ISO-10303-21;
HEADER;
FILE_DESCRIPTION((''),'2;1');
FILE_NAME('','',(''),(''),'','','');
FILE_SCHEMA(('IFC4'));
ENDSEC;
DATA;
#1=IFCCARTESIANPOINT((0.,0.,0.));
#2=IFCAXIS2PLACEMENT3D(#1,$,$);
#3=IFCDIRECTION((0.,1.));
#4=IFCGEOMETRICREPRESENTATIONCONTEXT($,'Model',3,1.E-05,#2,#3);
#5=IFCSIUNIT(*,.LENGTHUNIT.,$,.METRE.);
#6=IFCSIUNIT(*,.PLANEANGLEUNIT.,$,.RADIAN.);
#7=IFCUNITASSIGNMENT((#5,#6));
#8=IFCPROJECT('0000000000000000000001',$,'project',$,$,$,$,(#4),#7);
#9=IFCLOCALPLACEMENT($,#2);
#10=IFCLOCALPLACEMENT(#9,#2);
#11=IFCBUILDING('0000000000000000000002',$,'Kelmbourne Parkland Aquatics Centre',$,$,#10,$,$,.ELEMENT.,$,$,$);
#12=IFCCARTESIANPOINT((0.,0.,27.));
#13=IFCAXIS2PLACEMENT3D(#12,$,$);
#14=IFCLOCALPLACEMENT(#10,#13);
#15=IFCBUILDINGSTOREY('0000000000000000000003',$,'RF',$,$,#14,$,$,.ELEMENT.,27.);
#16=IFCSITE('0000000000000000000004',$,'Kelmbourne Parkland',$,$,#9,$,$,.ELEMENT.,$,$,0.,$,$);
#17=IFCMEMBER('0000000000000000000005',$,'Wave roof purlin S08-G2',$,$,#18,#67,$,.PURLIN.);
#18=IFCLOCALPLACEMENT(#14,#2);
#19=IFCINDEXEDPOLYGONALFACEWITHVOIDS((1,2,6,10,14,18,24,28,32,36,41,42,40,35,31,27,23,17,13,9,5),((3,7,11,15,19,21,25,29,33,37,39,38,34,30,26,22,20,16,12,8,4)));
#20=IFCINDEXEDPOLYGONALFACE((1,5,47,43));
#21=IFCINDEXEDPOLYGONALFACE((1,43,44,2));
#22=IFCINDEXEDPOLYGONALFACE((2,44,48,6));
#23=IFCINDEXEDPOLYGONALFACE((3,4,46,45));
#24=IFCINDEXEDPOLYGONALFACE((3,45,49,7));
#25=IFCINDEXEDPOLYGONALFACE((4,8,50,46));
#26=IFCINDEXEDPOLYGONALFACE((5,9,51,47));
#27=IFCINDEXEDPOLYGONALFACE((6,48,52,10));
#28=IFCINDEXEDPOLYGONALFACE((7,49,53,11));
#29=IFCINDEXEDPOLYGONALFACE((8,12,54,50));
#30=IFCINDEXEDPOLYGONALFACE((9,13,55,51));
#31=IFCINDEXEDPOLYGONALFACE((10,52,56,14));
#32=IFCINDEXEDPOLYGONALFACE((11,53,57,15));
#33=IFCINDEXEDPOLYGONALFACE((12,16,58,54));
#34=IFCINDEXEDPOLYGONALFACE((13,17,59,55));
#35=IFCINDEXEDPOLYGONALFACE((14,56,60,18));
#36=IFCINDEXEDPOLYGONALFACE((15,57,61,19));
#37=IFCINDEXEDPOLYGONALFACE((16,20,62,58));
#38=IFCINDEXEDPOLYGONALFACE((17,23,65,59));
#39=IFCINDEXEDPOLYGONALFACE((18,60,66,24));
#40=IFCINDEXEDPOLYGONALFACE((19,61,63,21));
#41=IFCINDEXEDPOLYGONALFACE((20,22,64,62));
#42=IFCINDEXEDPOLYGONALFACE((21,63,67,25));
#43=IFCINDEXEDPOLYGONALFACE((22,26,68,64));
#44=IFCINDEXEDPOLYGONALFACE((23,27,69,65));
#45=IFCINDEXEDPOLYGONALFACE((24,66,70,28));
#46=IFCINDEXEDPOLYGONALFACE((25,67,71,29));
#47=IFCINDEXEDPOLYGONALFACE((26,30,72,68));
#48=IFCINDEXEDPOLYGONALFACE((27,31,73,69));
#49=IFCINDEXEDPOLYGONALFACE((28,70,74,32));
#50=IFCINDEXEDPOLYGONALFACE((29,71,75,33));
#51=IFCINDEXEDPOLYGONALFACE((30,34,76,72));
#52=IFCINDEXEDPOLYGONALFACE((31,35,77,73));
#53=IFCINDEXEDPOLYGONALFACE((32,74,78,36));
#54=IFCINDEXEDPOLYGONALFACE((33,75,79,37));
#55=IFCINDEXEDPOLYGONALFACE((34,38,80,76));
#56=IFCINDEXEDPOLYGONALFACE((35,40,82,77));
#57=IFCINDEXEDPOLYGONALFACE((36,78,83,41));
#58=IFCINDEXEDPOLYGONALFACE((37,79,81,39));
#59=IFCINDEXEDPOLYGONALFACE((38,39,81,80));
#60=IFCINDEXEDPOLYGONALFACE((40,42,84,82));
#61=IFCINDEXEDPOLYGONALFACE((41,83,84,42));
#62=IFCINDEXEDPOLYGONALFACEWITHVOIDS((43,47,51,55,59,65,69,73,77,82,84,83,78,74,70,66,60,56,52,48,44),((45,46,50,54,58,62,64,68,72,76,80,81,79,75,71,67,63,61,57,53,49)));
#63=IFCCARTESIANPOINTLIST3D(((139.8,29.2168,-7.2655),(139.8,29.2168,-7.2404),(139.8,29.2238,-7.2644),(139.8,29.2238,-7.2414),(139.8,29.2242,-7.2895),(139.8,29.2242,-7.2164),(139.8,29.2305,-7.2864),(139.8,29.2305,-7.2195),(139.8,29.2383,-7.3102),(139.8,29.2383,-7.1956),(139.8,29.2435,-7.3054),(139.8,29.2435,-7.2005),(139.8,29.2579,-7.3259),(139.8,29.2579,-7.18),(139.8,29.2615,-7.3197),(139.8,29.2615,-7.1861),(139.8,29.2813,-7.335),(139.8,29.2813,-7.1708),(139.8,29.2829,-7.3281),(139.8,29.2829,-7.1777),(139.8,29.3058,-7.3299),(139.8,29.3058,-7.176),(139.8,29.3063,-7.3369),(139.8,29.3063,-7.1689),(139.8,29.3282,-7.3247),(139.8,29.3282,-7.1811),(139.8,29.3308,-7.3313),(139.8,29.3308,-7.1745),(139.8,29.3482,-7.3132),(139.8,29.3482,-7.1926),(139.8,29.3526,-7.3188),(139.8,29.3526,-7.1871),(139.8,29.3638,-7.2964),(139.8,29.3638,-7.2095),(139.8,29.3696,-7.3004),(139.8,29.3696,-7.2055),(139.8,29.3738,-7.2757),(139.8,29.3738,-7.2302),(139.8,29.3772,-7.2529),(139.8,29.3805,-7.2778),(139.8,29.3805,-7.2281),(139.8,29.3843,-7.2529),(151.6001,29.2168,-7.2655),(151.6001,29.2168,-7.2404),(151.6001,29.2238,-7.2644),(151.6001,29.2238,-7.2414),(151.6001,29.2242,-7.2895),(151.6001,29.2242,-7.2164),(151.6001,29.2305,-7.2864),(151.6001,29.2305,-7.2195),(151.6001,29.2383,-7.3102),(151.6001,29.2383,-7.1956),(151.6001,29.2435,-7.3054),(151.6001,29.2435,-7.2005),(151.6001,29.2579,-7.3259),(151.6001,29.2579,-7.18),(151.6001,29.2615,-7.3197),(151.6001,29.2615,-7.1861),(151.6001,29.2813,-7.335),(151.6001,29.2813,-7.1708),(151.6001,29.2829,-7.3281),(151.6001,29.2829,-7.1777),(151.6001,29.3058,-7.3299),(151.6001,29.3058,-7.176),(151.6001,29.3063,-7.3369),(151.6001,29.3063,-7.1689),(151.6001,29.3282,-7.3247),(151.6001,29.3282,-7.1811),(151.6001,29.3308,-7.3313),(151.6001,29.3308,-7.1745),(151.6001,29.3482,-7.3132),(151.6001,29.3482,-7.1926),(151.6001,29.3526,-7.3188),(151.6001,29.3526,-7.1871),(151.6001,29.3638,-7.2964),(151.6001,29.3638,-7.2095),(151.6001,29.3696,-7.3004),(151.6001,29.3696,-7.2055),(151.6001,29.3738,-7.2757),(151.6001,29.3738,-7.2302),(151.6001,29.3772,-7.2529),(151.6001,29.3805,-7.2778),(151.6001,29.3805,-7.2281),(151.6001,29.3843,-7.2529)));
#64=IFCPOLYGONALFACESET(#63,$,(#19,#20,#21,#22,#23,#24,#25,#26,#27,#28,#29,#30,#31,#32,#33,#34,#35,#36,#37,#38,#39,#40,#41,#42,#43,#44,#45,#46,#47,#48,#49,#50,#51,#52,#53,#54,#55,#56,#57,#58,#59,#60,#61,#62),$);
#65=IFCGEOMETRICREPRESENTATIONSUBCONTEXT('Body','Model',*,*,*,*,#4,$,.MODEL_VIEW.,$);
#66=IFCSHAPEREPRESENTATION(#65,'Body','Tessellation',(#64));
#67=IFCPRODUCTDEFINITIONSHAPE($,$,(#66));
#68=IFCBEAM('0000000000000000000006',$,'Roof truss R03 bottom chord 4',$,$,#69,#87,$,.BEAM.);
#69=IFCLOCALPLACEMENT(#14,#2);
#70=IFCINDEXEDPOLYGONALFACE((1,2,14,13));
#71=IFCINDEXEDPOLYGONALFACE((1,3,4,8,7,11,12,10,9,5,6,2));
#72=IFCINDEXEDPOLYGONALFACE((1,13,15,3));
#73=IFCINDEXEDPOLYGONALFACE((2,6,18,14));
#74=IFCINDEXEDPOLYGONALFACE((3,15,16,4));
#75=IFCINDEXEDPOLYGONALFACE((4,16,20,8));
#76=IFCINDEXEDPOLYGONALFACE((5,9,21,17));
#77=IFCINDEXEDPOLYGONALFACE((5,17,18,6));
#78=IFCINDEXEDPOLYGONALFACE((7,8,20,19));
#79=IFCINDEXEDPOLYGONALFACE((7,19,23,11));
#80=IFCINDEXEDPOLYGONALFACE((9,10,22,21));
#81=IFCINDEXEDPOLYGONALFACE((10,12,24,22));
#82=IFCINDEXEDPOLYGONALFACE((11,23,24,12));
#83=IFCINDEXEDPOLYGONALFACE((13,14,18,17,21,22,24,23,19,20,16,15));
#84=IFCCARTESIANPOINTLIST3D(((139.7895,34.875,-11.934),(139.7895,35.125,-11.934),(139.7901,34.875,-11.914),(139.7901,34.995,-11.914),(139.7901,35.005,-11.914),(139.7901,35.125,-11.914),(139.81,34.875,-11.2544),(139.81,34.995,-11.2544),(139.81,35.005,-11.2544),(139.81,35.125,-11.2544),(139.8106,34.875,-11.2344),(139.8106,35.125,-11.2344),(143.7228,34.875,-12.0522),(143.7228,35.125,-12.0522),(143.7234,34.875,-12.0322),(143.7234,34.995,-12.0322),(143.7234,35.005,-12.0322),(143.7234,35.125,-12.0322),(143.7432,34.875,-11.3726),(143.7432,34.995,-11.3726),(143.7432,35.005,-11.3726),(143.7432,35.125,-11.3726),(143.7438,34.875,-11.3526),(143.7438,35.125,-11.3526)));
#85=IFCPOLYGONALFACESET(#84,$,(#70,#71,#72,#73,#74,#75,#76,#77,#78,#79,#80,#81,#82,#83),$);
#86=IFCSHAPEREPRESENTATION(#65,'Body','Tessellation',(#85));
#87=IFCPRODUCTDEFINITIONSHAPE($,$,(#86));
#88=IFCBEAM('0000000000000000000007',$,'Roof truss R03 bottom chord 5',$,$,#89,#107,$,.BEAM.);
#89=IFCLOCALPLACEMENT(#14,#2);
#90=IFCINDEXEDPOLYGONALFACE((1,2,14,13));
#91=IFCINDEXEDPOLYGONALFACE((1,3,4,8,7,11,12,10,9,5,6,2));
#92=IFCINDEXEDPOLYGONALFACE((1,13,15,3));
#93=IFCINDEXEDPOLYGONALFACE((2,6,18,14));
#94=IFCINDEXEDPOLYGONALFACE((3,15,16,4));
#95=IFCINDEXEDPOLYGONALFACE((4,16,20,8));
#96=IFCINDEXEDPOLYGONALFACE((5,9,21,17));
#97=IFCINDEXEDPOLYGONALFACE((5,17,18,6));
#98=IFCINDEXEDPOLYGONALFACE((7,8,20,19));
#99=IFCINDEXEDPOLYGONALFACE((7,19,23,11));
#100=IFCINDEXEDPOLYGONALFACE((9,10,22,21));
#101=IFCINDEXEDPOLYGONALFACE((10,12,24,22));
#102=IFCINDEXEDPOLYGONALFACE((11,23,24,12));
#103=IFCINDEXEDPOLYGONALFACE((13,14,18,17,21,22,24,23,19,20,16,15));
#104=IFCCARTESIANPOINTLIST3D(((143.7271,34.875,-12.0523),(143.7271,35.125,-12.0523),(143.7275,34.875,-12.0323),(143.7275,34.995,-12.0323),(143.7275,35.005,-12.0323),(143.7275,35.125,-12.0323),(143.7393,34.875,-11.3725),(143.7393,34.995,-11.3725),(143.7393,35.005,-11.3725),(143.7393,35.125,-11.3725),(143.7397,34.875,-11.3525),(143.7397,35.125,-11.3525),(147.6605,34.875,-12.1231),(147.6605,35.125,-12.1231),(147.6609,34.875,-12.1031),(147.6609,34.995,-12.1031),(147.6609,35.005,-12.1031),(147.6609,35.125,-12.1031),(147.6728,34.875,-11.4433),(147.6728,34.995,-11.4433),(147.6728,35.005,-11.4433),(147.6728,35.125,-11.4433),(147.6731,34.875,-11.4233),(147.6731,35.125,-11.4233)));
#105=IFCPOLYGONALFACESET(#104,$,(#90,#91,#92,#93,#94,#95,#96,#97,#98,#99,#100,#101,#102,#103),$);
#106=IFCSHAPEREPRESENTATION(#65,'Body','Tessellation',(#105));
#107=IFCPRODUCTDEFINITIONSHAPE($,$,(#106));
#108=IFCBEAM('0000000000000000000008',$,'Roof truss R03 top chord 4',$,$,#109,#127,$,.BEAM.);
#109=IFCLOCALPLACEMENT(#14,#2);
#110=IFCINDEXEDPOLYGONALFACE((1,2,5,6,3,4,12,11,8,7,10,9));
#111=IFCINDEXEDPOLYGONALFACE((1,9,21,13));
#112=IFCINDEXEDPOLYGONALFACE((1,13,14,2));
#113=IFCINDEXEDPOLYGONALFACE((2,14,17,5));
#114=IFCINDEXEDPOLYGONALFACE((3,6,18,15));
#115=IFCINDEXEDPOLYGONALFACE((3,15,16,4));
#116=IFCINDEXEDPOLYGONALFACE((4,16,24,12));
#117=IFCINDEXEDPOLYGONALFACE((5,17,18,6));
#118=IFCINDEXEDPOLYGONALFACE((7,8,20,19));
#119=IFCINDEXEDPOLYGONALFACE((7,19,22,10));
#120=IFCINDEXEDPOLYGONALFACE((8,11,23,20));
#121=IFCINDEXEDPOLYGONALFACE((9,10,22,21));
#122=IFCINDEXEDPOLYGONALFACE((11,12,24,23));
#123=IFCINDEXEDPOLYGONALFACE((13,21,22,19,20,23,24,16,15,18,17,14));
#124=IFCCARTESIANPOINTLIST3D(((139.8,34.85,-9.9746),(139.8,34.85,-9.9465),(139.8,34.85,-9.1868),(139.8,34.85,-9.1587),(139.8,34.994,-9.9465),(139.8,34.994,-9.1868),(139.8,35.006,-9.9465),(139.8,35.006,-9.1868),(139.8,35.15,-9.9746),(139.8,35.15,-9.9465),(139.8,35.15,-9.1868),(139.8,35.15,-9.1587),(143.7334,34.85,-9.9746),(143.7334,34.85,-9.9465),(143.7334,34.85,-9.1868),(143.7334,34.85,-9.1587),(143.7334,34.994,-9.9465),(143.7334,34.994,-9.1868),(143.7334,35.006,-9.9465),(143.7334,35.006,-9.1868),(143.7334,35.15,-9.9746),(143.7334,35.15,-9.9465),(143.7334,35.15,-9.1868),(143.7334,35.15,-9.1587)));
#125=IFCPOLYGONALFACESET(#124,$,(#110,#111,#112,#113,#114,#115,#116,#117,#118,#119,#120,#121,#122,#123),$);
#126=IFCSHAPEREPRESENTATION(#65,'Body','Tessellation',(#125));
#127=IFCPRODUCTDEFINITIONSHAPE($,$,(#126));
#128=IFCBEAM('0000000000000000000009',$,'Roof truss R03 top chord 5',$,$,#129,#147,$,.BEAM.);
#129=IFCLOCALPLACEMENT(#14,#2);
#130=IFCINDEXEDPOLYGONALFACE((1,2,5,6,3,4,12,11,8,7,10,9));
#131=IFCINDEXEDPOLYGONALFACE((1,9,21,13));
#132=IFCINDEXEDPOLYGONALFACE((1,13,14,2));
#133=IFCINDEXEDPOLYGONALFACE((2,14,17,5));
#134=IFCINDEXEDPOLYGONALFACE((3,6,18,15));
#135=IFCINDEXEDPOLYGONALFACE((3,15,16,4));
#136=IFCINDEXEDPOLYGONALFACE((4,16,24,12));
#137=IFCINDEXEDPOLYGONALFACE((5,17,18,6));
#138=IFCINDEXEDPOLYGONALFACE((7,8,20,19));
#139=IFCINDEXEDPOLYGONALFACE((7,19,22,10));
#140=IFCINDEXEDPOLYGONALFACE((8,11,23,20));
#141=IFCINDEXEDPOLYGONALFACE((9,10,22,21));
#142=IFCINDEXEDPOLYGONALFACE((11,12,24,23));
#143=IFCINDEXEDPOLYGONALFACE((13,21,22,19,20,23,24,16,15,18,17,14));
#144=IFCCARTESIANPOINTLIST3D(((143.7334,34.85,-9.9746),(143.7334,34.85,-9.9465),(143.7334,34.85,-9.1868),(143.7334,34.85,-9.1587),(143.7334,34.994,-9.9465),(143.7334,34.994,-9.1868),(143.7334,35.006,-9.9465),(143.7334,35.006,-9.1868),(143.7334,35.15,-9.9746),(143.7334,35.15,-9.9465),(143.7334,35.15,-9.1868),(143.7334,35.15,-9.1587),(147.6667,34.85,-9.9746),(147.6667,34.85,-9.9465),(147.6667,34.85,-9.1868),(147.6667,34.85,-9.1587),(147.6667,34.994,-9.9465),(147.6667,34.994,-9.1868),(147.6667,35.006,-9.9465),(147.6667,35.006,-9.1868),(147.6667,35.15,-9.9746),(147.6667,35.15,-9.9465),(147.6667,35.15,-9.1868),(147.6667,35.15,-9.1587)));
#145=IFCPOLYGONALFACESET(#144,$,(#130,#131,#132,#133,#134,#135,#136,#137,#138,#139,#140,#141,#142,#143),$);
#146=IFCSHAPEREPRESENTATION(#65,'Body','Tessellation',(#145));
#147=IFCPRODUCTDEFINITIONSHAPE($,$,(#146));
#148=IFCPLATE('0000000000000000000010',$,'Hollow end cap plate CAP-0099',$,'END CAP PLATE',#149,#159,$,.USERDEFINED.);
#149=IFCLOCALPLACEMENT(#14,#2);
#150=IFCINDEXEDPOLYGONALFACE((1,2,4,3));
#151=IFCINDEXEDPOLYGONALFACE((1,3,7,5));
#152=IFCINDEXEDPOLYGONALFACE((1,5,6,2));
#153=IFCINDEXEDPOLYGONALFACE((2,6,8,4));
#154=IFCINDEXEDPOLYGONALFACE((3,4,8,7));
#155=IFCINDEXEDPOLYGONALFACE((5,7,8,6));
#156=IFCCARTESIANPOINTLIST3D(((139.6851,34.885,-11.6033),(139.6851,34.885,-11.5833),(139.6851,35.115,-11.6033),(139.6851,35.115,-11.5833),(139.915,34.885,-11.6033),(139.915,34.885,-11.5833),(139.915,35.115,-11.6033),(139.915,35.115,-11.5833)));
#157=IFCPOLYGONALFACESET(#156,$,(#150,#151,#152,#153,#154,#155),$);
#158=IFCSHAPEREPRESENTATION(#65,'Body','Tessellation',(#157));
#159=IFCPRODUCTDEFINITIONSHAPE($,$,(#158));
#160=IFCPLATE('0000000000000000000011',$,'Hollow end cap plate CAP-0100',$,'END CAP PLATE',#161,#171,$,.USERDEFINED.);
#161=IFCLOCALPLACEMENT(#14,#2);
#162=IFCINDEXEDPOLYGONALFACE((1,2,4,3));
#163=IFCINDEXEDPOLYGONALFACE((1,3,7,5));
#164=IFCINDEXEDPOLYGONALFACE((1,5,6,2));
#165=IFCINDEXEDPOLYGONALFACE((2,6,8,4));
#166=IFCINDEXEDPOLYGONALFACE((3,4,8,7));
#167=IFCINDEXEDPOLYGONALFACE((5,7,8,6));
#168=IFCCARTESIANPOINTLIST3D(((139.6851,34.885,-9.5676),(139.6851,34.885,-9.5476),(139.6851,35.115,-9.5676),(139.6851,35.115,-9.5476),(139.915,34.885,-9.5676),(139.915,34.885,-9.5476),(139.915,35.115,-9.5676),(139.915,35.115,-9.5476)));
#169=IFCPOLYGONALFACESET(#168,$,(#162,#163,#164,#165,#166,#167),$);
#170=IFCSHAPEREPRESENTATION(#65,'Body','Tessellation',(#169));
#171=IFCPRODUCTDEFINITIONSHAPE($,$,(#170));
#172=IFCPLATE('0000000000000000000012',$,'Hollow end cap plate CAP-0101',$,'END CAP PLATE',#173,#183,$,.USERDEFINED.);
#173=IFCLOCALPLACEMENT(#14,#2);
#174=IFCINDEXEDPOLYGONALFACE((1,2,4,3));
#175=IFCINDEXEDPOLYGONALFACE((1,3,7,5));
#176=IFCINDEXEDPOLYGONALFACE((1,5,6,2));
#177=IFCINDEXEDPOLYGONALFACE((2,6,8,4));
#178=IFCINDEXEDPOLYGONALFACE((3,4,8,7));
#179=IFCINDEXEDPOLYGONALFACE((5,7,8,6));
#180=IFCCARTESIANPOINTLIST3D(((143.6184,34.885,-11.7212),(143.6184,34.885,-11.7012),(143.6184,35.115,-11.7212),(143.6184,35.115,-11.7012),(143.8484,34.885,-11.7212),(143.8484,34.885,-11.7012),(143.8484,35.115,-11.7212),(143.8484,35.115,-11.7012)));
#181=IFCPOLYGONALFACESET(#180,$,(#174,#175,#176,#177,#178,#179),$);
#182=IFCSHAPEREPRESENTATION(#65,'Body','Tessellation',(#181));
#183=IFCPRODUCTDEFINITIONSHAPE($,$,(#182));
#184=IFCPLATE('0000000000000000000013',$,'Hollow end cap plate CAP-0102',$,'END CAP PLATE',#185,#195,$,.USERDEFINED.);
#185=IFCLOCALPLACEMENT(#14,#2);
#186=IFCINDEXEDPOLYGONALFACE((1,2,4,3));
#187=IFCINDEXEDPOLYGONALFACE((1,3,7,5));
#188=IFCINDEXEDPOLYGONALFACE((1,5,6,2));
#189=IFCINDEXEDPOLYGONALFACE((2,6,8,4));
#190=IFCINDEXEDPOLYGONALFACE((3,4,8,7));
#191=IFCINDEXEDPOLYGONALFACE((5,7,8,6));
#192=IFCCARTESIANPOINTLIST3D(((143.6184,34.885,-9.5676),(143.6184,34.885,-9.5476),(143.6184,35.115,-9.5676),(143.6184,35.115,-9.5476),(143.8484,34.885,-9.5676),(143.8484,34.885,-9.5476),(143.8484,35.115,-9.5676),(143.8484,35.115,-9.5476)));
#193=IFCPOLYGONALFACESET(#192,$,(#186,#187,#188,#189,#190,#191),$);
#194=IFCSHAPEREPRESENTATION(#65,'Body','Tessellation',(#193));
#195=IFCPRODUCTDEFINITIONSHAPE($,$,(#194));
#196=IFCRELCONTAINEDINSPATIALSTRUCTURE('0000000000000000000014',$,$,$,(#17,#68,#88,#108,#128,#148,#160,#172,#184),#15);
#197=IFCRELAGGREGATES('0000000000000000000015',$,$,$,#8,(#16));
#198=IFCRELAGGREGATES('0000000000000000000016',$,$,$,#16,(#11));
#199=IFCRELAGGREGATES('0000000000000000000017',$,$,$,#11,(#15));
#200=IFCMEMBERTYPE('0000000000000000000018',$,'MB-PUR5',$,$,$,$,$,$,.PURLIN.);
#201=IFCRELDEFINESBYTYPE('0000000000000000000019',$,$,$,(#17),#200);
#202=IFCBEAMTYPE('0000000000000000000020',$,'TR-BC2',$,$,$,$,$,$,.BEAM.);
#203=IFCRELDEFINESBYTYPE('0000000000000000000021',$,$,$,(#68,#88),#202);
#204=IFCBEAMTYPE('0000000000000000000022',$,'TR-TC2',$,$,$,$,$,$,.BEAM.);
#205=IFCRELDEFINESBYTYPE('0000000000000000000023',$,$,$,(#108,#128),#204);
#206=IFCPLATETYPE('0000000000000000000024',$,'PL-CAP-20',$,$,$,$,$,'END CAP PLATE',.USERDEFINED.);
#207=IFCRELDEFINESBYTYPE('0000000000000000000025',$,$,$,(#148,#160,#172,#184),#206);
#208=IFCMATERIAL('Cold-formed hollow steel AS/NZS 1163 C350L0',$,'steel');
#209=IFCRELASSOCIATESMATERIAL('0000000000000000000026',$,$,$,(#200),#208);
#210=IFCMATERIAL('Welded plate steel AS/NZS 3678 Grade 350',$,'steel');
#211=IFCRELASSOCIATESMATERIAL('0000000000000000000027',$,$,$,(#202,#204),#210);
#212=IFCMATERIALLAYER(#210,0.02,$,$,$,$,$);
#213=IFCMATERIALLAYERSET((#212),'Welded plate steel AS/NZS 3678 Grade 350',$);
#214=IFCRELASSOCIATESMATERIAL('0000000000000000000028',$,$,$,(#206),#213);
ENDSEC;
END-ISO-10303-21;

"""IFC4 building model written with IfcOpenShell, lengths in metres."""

from ifc_helpers import new_model, si_unit, direction, frame, origin, origin_2d, place, context, subcontext, project, spatial, rectangle, hollow_circle, i_section, extrude, material, layer, layer_set, material_profile, profile_set, type_object, element, save


model = new_model("IFC4")

# Units and contexts
model_context = context("Model", 3, precision=1e-05, world=origin(), true_north=direction((0.0, 1.0)))
body_context = subcontext(model_context, "Body", "Model", "MODEL_VIEW")
ifc_project = project(units=[si_unit("LENGTHUNIT", "METRE"), si_unit("PLANEANGLEUNIT", "RADIAN")], contexts=[model_context])

# Site, building, storey
site_placement = place(None, origin())
site = spatial("IfcSite", under=ifc_project, at=site_placement, Name="Kelmbourne Parkland", CompositionType="ELEMENT", RefElevation=0.0)
building_placement = place(site_placement, origin())
building = spatial("IfcBuilding", under=site, at=building_placement, Name="Kelmbourne Parkland Aquatics Centre", CompositionType="ELEMENT")
storey_placement = place(building_placement, frame((0.0, 0.0, 27.0)))
storey = spatial("IfcBuildingStorey", under=building, at=storey_placement, Name="RF", CompositionType="ELEMENT", Elevation=27.0)

# Member
ifc_material_1 = material(Name="Cold-formed hollow steel AS/NZS 1163 C350L0", Category="steel")
ifc_material_profile_1 = material_profile(ifc_material_1, hollow_circle(Radius=0.0842, WallThickness=0.0071, at=origin_2d()), Name="CHS 168.3x7.1")
ifc_profile_set_1 = profile_set([ifc_material_profile_1], Name="Cold-formed hollow steel AS/NZS 1163 C350L0")
member_type_1 = type_object("IfcMemberType", Name="MB-PUR5", PredefinedType="PURLIN", material=ifc_profile_set_1)
member_1_placement = place(storey_placement, frame((139.8, 29.3, -7.2529), z_axis=(1.0, 0.0, 0.0), x_axis=(0.0, 1.0, 0.0)))
element("IfcMember", 1, at=member_1_placement, inside=storey, type_object=member_type_1, Name="Wave roof purlin S08-G2", PredefinedType="PURLIN", context=body_context, shape_type="SweptSolid", body=[
    extrude(hollow_circle(Radius=0.0842, WallThickness=0.0071, at=origin_2d()), origin(), (0.0, 0.0, 1.0), 11.8),
])

# Beams
ifc_material_2 = material(Name="Welded plate steel AS/NZS 3678 Grade 350", Category="steel")
ifc_material_profile_2 = material_profile(ifc_material_2, i_section(OverallWidth=0.25, OverallDepth=0.7, WebThickness=0.01, FlangeThickness=0.02, at=origin_2d()), Name="700WB130")
ifc_profile_set_2 = profile_set([ifc_material_profile_2], Name="Welded plate steel AS/NZS 3678 Grade 350")
beam_type_1 = type_object("IfcBeamType", Name="TR-BC2", PredefinedType="BEAM", material=ifc_profile_set_2)
beam_1_placement = place(storey_placement, frame((139.8, 35.0, -11.5842), z_axis=(0.999549, 0.0, -0.030028), x_axis=(0.0, 1.0, 0.0)))
element("IfcBeam", 2, at=beam_1_placement, inside=storey, type_object=beam_type_1, Name="Roof truss R03 bottom chord 4", PredefinedType="BEAM", context=body_context, shape_type="SweptSolid", body=[
    extrude(i_section(OverallWidth=0.25, OverallDepth=0.7, WebThickness=0.01, FlangeThickness=0.02, at=origin_2d()), origin(), (0.0, 0.0, 1.0), 3.9351),
])
beam_2_placement = place(storey_placement, frame((143.7334, 35.0, -11.7024), z_axis=(0.999838, 0.0, -0.017997), x_axis=(0.0, 1.0, 0.0)))
element("IfcBeam", 3, at=beam_2_placement, inside=storey, type_object=beam_type_1, Name="Roof truss R03 bottom chord 5", PredefinedType="BEAM", context=body_context, shape_type="SweptSolid", body=[
    extrude(i_section(OverallWidth=0.25, OverallDepth=0.7, WebThickness=0.01, FlangeThickness=0.02, at=origin_2d()), origin(), (0.0, 0.0, 1.0), 3.9341),
])
ifc_material_profile_3 = material_profile(ifc_material_2, i_section(OverallWidth=0.3, OverallDepth=0.8159, WebThickness=0.012, FlangeThickness=0.0281, at=origin_2d()), Name="800WB192")
ifc_profile_set_3 = profile_set([ifc_material_profile_3], Name="Welded plate steel AS/NZS 3678 Grade 350")
beam_type_2 = type_object("IfcBeamType", Name="TR-TC2", PredefinedType="BEAM", material=ifc_profile_set_3)
for number, where, z_axis, x_axis, name in (
    (4, (139.8, 35.0, -9.5667), (1.0, 0.0, 0.0), (0.0, 1.0, 0.0), "Roof truss R03 top chord 4"),
    (5, (143.7334, 35.0, -9.5667), (1.0, 0.0, 0.0), (0.0, 1.0, 0.0), "Roof truss R03 top chord 5"),
):
    element("IfcBeam", number, at=place(storey_placement, frame(where, z_axis=z_axis, x_axis=x_axis)), inside=storey, type_object=beam_type_2, Name=name, PredefinedType="BEAM", context=body_context, shape_type="SweptSolid", body=[
        extrude(i_section(OverallWidth=0.3, OverallDepth=0.8159, WebThickness=0.012, FlangeThickness=0.0281, at=origin_2d()), origin(), (0.0, 0.0, 1.0), 3.9333),
    ])

# Plates
ifc_layer_1 = layer(ifc_material_2, 0.02)
ifc_layer_set_1 = layer_set([ifc_layer_1], Name="Welded plate steel AS/NZS 3678 Grade 350")
plate_type_1 = type_object("IfcPlateType", Name="PL-CAP-20", ElementType="END CAP PLATE", PredefinedType="USERDEFINED", material=ifc_layer_set_1)
for number, where, z_axis, x_axis, name in (
    (6, (139.8, 35.0, -11.6033), (0.0, 0.0, 1.0), (1.0, 0.0, 0.0), "Hollow end cap plate CAP-0099"),
    (7, (139.8, 35.0, -9.5676), (0.0, 0.0, 1.0), (1.0, 0.0, 0.0), "Hollow end cap plate CAP-0100"),
    (8, (143.7334, 35.0, -11.7212), (0.0, 0.0, 1.0), (1.0, 0.0, 0.0), "Hollow end cap plate CAP-0101"),
    (9, (143.7334, 35.0, -9.5676), (0.0, 0.0, 1.0), (1.0, 0.0, 0.0), "Hollow end cap plate CAP-0102"),
):
    element("IfcPlate", number, at=place(storey_placement, frame(where, z_axis=z_axis, x_axis=x_axis)), inside=storey, type_object=plate_type_1, Name=name, ObjectType="END CAP PLATE", PredefinedType="USERDEFINED", context=body_context, shape_type="SweptSolid", body=[
        extrude(rectangle(XDim=0.23, YDim=0.23, at=origin_2d()), origin(), (0.0, 0.0, 1.0), 0.02),
    ])

save(model, "model.ifc")
